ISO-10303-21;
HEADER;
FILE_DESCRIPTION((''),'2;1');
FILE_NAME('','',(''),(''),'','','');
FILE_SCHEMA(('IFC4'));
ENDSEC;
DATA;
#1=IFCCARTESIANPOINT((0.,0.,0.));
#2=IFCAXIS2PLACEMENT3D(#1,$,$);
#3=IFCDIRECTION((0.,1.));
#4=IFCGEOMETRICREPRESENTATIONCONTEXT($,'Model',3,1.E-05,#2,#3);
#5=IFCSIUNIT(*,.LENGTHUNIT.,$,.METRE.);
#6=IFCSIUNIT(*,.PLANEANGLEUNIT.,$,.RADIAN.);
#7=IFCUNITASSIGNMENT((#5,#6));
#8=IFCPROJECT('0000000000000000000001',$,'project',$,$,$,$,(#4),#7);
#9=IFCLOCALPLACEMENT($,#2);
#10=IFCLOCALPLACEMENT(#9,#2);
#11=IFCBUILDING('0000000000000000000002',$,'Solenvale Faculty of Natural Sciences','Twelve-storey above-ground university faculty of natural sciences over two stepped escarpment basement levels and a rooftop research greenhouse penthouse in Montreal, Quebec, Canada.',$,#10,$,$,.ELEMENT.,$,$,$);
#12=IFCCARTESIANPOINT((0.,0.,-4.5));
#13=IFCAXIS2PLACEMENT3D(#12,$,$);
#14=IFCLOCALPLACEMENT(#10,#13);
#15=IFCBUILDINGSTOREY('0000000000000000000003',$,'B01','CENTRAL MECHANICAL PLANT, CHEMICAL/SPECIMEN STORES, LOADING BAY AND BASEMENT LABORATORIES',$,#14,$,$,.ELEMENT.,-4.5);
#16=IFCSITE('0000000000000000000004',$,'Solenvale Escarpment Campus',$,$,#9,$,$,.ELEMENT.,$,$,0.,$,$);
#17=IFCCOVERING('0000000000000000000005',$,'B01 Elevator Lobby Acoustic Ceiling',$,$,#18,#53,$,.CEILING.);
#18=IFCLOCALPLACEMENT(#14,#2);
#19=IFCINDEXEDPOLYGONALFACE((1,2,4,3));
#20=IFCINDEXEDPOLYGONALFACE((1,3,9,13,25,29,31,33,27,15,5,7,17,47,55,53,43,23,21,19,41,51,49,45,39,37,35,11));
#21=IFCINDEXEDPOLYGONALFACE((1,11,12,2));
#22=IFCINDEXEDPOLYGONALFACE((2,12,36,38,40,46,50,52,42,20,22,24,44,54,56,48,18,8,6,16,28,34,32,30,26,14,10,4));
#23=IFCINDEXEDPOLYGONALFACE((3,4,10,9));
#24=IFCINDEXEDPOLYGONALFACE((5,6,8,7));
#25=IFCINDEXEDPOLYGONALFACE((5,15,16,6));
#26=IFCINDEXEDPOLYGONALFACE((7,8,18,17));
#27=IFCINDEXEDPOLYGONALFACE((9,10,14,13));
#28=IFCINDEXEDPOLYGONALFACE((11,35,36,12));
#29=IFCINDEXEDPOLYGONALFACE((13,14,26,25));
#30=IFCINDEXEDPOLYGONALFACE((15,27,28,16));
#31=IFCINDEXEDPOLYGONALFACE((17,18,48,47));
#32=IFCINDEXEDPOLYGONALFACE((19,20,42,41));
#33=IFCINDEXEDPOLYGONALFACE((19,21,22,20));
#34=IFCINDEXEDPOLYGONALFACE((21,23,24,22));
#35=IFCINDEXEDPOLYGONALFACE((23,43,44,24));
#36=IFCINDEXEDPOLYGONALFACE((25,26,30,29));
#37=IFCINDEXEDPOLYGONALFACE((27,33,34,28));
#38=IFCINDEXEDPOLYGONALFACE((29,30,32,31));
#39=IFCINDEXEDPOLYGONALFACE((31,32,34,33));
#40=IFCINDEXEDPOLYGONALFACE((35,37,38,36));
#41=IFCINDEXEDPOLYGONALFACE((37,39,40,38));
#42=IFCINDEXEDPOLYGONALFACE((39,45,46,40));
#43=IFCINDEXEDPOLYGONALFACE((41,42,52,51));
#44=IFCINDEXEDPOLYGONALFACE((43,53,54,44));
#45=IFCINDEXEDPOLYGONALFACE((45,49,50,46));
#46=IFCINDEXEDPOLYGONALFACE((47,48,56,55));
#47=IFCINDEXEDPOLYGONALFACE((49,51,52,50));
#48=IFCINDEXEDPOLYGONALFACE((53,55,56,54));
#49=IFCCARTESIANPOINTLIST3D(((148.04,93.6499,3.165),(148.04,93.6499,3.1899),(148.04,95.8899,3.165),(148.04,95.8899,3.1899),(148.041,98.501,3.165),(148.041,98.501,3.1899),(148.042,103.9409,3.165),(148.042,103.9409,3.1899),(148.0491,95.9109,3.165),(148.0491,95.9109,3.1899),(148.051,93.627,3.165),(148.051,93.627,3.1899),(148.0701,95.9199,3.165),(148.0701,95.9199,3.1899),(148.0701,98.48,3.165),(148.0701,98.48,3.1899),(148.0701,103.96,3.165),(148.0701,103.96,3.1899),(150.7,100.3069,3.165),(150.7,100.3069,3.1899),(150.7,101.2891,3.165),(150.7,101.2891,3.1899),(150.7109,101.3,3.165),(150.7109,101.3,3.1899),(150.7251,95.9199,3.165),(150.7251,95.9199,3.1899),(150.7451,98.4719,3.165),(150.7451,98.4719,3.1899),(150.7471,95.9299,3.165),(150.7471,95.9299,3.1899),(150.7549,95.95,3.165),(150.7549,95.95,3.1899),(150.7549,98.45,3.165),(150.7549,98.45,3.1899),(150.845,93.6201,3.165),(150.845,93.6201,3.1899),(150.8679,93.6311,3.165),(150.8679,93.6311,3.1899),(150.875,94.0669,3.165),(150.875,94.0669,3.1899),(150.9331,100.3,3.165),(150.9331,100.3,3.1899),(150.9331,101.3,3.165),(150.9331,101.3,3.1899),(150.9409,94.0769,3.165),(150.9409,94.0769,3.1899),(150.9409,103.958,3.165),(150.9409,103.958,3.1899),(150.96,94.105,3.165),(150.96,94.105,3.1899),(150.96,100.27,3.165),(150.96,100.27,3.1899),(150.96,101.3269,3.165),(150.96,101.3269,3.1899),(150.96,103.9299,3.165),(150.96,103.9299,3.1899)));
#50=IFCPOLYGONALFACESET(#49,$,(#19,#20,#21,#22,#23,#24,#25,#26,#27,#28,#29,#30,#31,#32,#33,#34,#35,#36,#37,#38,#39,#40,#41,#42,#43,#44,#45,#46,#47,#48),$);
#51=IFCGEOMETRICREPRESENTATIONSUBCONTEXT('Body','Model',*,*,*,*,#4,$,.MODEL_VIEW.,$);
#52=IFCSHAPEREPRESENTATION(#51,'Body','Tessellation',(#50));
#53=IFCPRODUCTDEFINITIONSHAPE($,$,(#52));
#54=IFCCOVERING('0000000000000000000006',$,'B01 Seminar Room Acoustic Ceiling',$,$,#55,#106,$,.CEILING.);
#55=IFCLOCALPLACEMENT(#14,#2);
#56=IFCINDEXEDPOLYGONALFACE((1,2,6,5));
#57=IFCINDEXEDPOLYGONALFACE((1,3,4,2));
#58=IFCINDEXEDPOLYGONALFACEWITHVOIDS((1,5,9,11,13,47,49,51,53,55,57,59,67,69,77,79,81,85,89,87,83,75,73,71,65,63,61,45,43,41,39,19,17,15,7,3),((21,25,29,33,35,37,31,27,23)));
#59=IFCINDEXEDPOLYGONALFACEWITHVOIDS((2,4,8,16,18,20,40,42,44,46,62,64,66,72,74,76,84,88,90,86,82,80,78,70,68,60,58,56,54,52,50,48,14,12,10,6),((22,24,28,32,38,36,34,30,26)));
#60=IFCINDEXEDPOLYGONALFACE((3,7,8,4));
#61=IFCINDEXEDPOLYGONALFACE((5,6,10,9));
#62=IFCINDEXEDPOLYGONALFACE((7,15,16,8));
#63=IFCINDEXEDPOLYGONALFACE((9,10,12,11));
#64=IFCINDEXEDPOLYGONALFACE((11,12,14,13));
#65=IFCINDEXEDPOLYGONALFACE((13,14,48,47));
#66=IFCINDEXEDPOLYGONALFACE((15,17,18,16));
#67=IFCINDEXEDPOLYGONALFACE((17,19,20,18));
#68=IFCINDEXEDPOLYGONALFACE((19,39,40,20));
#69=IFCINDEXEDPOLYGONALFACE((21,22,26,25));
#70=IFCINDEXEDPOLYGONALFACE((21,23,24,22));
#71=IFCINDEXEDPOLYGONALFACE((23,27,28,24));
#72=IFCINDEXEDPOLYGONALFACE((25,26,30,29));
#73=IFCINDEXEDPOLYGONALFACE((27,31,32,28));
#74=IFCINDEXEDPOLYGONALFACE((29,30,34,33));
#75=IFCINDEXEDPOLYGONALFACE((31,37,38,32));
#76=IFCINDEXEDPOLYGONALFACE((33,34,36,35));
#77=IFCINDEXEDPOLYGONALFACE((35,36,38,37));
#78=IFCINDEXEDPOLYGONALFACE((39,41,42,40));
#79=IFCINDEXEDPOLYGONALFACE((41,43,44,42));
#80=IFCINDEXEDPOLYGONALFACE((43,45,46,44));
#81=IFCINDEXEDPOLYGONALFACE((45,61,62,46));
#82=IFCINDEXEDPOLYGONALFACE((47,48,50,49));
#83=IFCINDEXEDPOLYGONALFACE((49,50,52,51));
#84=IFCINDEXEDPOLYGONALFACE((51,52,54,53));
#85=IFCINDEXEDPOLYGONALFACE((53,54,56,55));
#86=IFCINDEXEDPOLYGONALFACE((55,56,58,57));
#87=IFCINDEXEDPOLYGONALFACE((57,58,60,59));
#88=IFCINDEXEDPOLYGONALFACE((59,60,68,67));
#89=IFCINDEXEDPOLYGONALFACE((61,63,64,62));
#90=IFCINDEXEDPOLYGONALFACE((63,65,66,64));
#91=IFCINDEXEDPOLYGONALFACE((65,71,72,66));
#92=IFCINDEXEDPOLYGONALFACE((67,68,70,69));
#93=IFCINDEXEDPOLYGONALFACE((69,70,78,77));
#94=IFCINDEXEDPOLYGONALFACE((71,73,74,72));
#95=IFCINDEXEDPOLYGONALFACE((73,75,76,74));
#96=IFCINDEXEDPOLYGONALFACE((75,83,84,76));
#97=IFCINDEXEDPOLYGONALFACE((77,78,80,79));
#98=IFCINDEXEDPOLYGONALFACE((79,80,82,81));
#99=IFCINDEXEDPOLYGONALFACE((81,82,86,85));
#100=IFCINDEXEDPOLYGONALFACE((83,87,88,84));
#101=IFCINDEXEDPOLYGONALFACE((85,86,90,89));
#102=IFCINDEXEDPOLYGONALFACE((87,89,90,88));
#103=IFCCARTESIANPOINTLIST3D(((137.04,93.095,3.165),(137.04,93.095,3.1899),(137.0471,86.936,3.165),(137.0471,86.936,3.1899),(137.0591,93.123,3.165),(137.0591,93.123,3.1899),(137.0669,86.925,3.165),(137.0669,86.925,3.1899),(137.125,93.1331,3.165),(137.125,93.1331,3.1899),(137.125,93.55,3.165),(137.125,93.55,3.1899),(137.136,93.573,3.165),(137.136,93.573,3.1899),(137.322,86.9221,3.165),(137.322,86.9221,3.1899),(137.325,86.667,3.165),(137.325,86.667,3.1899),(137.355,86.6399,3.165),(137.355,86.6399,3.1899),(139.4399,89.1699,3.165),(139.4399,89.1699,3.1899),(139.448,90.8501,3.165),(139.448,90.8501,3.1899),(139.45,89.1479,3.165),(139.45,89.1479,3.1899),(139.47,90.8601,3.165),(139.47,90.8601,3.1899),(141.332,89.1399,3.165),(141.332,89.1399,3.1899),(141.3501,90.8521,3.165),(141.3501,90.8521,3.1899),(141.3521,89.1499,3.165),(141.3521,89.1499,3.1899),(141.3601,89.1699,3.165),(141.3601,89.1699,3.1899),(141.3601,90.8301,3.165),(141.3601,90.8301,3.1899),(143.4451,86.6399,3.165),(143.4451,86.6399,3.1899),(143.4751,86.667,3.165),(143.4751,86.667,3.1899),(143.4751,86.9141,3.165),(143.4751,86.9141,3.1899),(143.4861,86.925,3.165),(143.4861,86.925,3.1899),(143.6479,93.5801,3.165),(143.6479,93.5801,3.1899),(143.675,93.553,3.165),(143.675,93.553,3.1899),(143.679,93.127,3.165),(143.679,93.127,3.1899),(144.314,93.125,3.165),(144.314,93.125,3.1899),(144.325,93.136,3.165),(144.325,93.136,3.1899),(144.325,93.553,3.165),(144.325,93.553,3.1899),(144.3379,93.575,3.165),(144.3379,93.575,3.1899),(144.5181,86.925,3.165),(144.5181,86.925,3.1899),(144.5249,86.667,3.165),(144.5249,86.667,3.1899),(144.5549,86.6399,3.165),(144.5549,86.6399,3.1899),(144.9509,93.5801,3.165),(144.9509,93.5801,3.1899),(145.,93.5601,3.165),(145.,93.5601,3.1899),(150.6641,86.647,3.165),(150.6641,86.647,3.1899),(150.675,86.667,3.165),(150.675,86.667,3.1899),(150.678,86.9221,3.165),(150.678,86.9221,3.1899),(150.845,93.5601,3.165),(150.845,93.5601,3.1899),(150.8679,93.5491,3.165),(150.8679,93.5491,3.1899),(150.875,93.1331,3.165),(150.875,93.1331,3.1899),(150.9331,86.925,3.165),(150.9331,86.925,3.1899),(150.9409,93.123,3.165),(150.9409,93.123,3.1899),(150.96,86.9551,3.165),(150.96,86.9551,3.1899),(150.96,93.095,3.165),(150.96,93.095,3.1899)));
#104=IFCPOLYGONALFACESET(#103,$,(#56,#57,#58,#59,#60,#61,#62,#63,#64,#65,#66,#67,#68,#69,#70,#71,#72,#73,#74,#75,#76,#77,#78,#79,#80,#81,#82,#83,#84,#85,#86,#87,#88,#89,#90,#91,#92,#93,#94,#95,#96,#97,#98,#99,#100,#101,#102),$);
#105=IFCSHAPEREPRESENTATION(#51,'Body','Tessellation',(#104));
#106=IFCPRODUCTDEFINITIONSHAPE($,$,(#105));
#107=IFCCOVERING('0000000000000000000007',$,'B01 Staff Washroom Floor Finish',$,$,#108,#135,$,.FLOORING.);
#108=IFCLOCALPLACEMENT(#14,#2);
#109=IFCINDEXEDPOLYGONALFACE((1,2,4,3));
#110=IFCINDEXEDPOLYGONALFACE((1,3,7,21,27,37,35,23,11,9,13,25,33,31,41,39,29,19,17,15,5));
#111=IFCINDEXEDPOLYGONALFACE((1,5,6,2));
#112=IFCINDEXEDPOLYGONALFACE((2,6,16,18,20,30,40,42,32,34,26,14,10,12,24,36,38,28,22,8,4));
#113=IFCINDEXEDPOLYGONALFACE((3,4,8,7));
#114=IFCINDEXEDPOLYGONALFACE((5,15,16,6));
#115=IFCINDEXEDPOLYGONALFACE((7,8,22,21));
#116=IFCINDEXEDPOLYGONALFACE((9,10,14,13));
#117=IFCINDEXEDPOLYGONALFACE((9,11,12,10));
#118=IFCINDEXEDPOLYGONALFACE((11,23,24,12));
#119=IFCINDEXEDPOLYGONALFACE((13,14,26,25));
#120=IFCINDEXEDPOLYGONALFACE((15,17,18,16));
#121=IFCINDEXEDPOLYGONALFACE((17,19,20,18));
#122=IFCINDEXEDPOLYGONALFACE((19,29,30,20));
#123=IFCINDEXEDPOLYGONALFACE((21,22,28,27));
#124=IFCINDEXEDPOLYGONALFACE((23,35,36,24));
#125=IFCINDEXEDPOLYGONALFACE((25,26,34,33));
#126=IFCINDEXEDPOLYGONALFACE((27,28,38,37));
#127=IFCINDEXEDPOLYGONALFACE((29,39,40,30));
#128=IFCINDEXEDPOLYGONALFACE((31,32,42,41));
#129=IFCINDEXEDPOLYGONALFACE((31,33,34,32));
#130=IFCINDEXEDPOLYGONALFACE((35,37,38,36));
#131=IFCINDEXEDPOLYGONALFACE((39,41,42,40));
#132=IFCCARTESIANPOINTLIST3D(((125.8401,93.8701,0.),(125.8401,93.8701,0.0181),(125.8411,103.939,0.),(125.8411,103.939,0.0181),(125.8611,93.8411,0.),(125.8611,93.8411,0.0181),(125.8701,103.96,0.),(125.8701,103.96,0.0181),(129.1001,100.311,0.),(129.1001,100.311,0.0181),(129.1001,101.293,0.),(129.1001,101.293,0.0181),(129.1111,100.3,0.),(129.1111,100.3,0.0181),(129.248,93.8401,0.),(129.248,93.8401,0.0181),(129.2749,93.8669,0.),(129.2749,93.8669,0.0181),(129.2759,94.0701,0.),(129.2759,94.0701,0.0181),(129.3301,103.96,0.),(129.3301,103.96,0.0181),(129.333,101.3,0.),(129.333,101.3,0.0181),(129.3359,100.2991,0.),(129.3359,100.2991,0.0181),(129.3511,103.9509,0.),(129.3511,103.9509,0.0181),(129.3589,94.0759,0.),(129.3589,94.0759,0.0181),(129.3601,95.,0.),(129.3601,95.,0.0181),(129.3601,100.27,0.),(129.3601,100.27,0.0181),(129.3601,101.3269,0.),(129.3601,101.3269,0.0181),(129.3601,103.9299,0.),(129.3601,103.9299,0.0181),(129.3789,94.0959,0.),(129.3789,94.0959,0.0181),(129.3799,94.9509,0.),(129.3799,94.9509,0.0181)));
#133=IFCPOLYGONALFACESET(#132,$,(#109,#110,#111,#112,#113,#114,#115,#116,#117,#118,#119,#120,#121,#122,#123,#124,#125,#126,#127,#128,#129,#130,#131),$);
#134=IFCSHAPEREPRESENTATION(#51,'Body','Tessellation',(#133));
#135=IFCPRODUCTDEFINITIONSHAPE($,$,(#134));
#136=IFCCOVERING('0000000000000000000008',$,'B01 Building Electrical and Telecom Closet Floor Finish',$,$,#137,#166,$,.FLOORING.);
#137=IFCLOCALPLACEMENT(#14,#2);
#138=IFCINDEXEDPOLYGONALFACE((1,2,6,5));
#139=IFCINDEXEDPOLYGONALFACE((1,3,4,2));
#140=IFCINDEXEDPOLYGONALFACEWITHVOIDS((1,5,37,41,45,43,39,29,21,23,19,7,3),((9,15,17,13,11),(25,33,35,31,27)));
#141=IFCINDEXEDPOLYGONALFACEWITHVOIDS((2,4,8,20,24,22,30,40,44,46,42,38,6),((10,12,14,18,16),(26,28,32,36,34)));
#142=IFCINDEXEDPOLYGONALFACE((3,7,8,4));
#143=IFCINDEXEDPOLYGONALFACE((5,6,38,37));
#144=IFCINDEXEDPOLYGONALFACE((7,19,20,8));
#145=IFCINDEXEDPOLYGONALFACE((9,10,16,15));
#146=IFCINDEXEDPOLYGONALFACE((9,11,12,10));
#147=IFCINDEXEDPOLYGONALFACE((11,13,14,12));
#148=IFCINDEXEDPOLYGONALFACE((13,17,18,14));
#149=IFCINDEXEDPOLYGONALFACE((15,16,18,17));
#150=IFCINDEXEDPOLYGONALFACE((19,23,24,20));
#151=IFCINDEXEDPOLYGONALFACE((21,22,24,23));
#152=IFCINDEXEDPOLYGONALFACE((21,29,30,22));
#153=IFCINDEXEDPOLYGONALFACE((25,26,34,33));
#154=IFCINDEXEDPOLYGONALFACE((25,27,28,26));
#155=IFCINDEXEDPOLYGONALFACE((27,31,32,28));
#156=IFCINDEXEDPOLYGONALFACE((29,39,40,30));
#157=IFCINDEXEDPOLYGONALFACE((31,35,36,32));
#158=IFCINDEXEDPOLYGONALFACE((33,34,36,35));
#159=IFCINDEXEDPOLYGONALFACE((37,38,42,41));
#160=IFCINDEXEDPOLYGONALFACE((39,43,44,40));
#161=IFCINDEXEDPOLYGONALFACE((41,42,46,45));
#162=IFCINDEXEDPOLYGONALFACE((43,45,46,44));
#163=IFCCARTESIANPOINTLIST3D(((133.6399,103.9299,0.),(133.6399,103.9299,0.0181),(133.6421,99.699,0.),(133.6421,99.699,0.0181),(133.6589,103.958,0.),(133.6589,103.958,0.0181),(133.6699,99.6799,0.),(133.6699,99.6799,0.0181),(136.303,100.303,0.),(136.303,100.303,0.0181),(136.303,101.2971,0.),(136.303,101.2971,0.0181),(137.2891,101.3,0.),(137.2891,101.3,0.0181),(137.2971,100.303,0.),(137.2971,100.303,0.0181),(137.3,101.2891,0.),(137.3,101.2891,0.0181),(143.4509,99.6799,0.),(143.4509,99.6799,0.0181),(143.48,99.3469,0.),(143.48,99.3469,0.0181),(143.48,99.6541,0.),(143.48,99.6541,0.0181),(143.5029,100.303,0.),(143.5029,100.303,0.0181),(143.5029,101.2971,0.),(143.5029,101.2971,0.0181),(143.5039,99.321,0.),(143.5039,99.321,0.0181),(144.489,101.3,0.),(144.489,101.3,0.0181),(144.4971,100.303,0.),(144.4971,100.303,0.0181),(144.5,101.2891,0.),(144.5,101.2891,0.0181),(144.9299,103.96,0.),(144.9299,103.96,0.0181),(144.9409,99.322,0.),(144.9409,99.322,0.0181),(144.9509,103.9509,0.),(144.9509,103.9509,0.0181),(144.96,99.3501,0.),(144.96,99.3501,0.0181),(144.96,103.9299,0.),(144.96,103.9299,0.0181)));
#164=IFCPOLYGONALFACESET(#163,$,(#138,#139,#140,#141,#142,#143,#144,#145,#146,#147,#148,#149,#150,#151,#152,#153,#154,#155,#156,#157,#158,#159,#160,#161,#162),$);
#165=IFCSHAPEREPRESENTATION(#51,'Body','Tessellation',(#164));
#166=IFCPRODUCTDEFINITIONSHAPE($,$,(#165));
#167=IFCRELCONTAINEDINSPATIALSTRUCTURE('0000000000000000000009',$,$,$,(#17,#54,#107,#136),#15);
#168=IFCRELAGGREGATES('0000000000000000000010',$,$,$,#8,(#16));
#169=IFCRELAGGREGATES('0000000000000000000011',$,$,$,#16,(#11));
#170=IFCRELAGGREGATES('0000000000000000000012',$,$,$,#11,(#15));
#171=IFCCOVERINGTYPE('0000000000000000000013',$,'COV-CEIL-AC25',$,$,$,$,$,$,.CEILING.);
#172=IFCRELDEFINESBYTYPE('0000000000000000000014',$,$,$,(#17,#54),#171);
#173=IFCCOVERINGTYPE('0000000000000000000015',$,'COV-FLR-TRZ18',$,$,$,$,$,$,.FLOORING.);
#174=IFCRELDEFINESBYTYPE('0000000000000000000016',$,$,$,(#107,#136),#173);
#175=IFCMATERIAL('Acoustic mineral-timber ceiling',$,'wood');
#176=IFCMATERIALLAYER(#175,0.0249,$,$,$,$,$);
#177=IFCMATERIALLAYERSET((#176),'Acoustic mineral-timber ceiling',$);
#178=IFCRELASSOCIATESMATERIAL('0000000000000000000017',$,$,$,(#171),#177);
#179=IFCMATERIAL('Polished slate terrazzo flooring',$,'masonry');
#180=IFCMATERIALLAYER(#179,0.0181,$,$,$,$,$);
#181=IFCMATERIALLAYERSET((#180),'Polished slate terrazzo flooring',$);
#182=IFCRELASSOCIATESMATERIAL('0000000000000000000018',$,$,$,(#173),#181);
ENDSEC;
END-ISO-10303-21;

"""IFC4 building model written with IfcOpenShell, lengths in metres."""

from ifc_helpers import new_model, si_unit, direction, frame, origin, place, context, subcontext, project, spatial, polyline, outline, extrude, material, layer, layer_set, type_object, element, save


model = new_model("IFC4")

# Units and contexts
model_context = context("Model", 3, precision=1e-05, world=origin(), true_north=direction((0.0, 1.0)))
body_context = subcontext(model_context, "Body", "Model", "MODEL_VIEW")
ifc_project = project(units=[si_unit("LENGTHUNIT", "METRE"), si_unit("PLANEANGLEUNIT", "RADIAN")], contexts=[model_context])

# Site, building, storey
site_placement = place(None, origin())
site = spatial("IfcSite", under=ifc_project, at=site_placement, Name="Solenvale Escarpment Campus", CompositionType="ELEMENT", RefElevation=0.0)
building_placement = place(site_placement, origin())
building = spatial("IfcBuilding", under=site, at=building_placement, Name="Solenvale Faculty of Natural Sciences", Description="Twelve-storey above-ground university faculty of natural sciences over two stepped escarpment basement levels and a rooftop research greenhouse penthouse in Montreal, Quebec, Canada.", CompositionType="ELEMENT")
storey_placement = place(building_placement, frame((0.0, 0.0, -4.5)))
storey = spatial("IfcBuildingStorey", under=building, at=storey_placement, Name="B01", Description="CENTRAL MECHANICAL PLANT, CHEMICAL/SPECIMEN STORES, LOADING BAY AND BASEMENT LABORATORIES", CompositionType="ELEMENT", Elevation=-4.5)

# Coverings
ifc_material_1 = material(Name="Acoustic mineral-timber ceiling", Category="wood")
ifc_layer_1 = layer(ifc_material_1, 0.0249)
ifc_layer_set_1 = layer_set([ifc_layer_1], Name="Acoustic mineral-timber ceiling")
covering_type_1 = type_object("IfcCoveringType", Name="COV-CEIL-AC25", PredefinedType="CEILING", material=ifc_layer_set_1)
covering_1_placement = place(storey_placement, frame((0.0, 0.0, 3.165)))
element("IfcCovering", 1, at=covering_1_placement, inside=storey, type_object=covering_type_1, Name="B01 Elevator Lobby Acoustic Ceiling", PredefinedType="CEILING", context=body_context, shape_type="SweptSolid", body=[
    extrude(outline(polyline([(148.04, 95.8899), (148.0491, 95.9109), (148.0701, 95.9199), (150.7251, 95.9199), (150.7471, 95.9299), (150.7549, 95.95), (150.7549, 98.45), (150.7451, 98.4719), (148.0701, 98.48), (148.041, 98.501), (148.042, 103.9409), (148.0701, 103.96), (150.9409, 103.958), (150.96, 103.9299), (150.96, 101.3269), (150.9331, 101.3), (150.7109, 101.3), (150.7, 101.2891), (150.7, 100.3069), (150.9331, 100.3), (150.96, 100.27), (150.96, 94.105), (150.9409, 94.0769), (150.875, 94.0669), (150.8679, 93.6311), (150.845, 93.6201), (148.051, 93.627), (148.04, 93.6499), (148.04, 95.8899)])), origin(), (0.0, 0.0, 1.0), 0.0249),
])
covering_2_placement = place(storey_placement, frame((0.0, 0.0, 3.165)))
element("IfcCovering", 2, at=covering_2_placement, inside=storey, type_object=covering_type_1, Name="B01 Seminar Room Acoustic Ceiling", PredefinedType="CEILING", context=body_context, shape_type="SweptSolid", body=[
    extrude(outline(polyline([(144.9509, 93.5801), (145.0, 93.5601), (150.845, 93.5601), (150.8679, 93.5491), (150.875, 93.1331), (150.9409, 93.123), (150.96, 93.095), (150.96, 86.9551), (150.9331, 86.925), (150.678, 86.9221), (150.675, 86.667), (150.6641, 86.647), (144.5549, 86.6399), (144.5249, 86.667), (144.5181, 86.925), (143.4861, 86.925), (143.4751, 86.9141), (143.4751, 86.667), (143.4451, 86.6399), (137.355, 86.6399), (137.325, 86.667), (137.322, 86.9221), (137.0669, 86.925), (137.0471, 86.936), (137.04, 93.095), (137.0591, 93.123), (137.125, 93.1331), (137.125, 93.55), (137.136, 93.573), (143.6479, 93.5801), (143.675, 93.553), (143.679, 93.127), (144.314, 93.125), (144.325, 93.136), (144.325, 93.553), (144.3379, 93.575), (144.9509, 93.5801)]), holes=[polyline([(141.332, 89.1399), (141.3521, 89.1499), (141.3601, 89.1699), (141.3601, 90.8301), (141.3501, 90.8521), (139.47, 90.8601), (139.448, 90.8501), (139.4399, 89.1699), (139.45, 89.1479), (141.332, 89.1399)])]), origin(), (0.0, 0.0, 1.0), 0.0249),
])
ifc_material_2 = material(Name="Polished slate terrazzo flooring", Category="masonry")
ifc_layer_2 = layer(ifc_material_2, 0.0181)
ifc_layer_set_2 = layer_set([ifc_layer_2], Name="Polished slate terrazzo flooring")
covering_type_2 = type_object("IfcCoveringType", Name="COV-FLR-TRZ18", PredefinedType="FLOORING", material=ifc_layer_set_2)
covering_3_placement = place(storey_placement, origin())
element("IfcCovering", 3, at=covering_3_placement, inside=storey, type_object=covering_type_2, Name="B01 Staff Washroom Floor Finish", PredefinedType="FLOORING", context=body_context, shape_type="SweptSolid", body=[
    extrude(outline(polyline([(129.3301, 103.96), (129.3511, 103.9509), (129.3601, 103.9299), (129.3601, 101.3269), (129.333, 101.3), (129.1001, 101.293), (129.1001, 100.311), (129.1111, 100.3), (129.3359, 100.2991), (129.3601, 100.27), (129.3601, 95.0), (129.3799, 94.9509), (129.3789, 94.0959), (129.3589, 94.0759), (129.2759, 94.0701), (129.2749, 93.8669), (129.248, 93.8401), (125.8611, 93.8411), (125.8401, 93.8701), (125.8411, 103.939), (125.8701, 103.96), (129.3301, 103.96)])), origin(), (0.0, 0.0, 1.0), 0.0181),
])
covering_4_placement = place(storey_placement, origin())
element("IfcCovering", 4, at=covering_4_placement, inside=storey, type_object=covering_type_2, Name="B01 Building Electrical and Telecom Closet Floor Finish", PredefinedType="FLOORING", context=body_context, shape_type="SweptSolid", body=[
    extrude(outline(polyline([(144.9299, 103.96), (144.9509, 103.9509), (144.96, 103.9299), (144.96, 99.3501), (144.9409, 99.322), (143.5039, 99.321), (143.48, 99.3469), (143.48, 99.6541), (143.4509, 99.6799), (133.6699, 99.6799), (133.6421, 99.699), (133.6399, 103.9299), (133.6589, 103.958), (144.9299, 103.96)]), holes=[polyline([(144.5, 101.2891), (144.489, 101.3), (143.5029, 101.2971), (143.5029, 100.303), (144.4971, 100.303), (144.5, 101.2891)]), polyline([(137.3, 101.2891), (137.2891, 101.3), (136.303, 101.2971), (136.303, 100.303), (137.2971, 100.303), (137.3, 101.2891)])]), origin(), (0.0, 0.0, 1.0), 0.0181),
])

save(model, "model.ifc")
